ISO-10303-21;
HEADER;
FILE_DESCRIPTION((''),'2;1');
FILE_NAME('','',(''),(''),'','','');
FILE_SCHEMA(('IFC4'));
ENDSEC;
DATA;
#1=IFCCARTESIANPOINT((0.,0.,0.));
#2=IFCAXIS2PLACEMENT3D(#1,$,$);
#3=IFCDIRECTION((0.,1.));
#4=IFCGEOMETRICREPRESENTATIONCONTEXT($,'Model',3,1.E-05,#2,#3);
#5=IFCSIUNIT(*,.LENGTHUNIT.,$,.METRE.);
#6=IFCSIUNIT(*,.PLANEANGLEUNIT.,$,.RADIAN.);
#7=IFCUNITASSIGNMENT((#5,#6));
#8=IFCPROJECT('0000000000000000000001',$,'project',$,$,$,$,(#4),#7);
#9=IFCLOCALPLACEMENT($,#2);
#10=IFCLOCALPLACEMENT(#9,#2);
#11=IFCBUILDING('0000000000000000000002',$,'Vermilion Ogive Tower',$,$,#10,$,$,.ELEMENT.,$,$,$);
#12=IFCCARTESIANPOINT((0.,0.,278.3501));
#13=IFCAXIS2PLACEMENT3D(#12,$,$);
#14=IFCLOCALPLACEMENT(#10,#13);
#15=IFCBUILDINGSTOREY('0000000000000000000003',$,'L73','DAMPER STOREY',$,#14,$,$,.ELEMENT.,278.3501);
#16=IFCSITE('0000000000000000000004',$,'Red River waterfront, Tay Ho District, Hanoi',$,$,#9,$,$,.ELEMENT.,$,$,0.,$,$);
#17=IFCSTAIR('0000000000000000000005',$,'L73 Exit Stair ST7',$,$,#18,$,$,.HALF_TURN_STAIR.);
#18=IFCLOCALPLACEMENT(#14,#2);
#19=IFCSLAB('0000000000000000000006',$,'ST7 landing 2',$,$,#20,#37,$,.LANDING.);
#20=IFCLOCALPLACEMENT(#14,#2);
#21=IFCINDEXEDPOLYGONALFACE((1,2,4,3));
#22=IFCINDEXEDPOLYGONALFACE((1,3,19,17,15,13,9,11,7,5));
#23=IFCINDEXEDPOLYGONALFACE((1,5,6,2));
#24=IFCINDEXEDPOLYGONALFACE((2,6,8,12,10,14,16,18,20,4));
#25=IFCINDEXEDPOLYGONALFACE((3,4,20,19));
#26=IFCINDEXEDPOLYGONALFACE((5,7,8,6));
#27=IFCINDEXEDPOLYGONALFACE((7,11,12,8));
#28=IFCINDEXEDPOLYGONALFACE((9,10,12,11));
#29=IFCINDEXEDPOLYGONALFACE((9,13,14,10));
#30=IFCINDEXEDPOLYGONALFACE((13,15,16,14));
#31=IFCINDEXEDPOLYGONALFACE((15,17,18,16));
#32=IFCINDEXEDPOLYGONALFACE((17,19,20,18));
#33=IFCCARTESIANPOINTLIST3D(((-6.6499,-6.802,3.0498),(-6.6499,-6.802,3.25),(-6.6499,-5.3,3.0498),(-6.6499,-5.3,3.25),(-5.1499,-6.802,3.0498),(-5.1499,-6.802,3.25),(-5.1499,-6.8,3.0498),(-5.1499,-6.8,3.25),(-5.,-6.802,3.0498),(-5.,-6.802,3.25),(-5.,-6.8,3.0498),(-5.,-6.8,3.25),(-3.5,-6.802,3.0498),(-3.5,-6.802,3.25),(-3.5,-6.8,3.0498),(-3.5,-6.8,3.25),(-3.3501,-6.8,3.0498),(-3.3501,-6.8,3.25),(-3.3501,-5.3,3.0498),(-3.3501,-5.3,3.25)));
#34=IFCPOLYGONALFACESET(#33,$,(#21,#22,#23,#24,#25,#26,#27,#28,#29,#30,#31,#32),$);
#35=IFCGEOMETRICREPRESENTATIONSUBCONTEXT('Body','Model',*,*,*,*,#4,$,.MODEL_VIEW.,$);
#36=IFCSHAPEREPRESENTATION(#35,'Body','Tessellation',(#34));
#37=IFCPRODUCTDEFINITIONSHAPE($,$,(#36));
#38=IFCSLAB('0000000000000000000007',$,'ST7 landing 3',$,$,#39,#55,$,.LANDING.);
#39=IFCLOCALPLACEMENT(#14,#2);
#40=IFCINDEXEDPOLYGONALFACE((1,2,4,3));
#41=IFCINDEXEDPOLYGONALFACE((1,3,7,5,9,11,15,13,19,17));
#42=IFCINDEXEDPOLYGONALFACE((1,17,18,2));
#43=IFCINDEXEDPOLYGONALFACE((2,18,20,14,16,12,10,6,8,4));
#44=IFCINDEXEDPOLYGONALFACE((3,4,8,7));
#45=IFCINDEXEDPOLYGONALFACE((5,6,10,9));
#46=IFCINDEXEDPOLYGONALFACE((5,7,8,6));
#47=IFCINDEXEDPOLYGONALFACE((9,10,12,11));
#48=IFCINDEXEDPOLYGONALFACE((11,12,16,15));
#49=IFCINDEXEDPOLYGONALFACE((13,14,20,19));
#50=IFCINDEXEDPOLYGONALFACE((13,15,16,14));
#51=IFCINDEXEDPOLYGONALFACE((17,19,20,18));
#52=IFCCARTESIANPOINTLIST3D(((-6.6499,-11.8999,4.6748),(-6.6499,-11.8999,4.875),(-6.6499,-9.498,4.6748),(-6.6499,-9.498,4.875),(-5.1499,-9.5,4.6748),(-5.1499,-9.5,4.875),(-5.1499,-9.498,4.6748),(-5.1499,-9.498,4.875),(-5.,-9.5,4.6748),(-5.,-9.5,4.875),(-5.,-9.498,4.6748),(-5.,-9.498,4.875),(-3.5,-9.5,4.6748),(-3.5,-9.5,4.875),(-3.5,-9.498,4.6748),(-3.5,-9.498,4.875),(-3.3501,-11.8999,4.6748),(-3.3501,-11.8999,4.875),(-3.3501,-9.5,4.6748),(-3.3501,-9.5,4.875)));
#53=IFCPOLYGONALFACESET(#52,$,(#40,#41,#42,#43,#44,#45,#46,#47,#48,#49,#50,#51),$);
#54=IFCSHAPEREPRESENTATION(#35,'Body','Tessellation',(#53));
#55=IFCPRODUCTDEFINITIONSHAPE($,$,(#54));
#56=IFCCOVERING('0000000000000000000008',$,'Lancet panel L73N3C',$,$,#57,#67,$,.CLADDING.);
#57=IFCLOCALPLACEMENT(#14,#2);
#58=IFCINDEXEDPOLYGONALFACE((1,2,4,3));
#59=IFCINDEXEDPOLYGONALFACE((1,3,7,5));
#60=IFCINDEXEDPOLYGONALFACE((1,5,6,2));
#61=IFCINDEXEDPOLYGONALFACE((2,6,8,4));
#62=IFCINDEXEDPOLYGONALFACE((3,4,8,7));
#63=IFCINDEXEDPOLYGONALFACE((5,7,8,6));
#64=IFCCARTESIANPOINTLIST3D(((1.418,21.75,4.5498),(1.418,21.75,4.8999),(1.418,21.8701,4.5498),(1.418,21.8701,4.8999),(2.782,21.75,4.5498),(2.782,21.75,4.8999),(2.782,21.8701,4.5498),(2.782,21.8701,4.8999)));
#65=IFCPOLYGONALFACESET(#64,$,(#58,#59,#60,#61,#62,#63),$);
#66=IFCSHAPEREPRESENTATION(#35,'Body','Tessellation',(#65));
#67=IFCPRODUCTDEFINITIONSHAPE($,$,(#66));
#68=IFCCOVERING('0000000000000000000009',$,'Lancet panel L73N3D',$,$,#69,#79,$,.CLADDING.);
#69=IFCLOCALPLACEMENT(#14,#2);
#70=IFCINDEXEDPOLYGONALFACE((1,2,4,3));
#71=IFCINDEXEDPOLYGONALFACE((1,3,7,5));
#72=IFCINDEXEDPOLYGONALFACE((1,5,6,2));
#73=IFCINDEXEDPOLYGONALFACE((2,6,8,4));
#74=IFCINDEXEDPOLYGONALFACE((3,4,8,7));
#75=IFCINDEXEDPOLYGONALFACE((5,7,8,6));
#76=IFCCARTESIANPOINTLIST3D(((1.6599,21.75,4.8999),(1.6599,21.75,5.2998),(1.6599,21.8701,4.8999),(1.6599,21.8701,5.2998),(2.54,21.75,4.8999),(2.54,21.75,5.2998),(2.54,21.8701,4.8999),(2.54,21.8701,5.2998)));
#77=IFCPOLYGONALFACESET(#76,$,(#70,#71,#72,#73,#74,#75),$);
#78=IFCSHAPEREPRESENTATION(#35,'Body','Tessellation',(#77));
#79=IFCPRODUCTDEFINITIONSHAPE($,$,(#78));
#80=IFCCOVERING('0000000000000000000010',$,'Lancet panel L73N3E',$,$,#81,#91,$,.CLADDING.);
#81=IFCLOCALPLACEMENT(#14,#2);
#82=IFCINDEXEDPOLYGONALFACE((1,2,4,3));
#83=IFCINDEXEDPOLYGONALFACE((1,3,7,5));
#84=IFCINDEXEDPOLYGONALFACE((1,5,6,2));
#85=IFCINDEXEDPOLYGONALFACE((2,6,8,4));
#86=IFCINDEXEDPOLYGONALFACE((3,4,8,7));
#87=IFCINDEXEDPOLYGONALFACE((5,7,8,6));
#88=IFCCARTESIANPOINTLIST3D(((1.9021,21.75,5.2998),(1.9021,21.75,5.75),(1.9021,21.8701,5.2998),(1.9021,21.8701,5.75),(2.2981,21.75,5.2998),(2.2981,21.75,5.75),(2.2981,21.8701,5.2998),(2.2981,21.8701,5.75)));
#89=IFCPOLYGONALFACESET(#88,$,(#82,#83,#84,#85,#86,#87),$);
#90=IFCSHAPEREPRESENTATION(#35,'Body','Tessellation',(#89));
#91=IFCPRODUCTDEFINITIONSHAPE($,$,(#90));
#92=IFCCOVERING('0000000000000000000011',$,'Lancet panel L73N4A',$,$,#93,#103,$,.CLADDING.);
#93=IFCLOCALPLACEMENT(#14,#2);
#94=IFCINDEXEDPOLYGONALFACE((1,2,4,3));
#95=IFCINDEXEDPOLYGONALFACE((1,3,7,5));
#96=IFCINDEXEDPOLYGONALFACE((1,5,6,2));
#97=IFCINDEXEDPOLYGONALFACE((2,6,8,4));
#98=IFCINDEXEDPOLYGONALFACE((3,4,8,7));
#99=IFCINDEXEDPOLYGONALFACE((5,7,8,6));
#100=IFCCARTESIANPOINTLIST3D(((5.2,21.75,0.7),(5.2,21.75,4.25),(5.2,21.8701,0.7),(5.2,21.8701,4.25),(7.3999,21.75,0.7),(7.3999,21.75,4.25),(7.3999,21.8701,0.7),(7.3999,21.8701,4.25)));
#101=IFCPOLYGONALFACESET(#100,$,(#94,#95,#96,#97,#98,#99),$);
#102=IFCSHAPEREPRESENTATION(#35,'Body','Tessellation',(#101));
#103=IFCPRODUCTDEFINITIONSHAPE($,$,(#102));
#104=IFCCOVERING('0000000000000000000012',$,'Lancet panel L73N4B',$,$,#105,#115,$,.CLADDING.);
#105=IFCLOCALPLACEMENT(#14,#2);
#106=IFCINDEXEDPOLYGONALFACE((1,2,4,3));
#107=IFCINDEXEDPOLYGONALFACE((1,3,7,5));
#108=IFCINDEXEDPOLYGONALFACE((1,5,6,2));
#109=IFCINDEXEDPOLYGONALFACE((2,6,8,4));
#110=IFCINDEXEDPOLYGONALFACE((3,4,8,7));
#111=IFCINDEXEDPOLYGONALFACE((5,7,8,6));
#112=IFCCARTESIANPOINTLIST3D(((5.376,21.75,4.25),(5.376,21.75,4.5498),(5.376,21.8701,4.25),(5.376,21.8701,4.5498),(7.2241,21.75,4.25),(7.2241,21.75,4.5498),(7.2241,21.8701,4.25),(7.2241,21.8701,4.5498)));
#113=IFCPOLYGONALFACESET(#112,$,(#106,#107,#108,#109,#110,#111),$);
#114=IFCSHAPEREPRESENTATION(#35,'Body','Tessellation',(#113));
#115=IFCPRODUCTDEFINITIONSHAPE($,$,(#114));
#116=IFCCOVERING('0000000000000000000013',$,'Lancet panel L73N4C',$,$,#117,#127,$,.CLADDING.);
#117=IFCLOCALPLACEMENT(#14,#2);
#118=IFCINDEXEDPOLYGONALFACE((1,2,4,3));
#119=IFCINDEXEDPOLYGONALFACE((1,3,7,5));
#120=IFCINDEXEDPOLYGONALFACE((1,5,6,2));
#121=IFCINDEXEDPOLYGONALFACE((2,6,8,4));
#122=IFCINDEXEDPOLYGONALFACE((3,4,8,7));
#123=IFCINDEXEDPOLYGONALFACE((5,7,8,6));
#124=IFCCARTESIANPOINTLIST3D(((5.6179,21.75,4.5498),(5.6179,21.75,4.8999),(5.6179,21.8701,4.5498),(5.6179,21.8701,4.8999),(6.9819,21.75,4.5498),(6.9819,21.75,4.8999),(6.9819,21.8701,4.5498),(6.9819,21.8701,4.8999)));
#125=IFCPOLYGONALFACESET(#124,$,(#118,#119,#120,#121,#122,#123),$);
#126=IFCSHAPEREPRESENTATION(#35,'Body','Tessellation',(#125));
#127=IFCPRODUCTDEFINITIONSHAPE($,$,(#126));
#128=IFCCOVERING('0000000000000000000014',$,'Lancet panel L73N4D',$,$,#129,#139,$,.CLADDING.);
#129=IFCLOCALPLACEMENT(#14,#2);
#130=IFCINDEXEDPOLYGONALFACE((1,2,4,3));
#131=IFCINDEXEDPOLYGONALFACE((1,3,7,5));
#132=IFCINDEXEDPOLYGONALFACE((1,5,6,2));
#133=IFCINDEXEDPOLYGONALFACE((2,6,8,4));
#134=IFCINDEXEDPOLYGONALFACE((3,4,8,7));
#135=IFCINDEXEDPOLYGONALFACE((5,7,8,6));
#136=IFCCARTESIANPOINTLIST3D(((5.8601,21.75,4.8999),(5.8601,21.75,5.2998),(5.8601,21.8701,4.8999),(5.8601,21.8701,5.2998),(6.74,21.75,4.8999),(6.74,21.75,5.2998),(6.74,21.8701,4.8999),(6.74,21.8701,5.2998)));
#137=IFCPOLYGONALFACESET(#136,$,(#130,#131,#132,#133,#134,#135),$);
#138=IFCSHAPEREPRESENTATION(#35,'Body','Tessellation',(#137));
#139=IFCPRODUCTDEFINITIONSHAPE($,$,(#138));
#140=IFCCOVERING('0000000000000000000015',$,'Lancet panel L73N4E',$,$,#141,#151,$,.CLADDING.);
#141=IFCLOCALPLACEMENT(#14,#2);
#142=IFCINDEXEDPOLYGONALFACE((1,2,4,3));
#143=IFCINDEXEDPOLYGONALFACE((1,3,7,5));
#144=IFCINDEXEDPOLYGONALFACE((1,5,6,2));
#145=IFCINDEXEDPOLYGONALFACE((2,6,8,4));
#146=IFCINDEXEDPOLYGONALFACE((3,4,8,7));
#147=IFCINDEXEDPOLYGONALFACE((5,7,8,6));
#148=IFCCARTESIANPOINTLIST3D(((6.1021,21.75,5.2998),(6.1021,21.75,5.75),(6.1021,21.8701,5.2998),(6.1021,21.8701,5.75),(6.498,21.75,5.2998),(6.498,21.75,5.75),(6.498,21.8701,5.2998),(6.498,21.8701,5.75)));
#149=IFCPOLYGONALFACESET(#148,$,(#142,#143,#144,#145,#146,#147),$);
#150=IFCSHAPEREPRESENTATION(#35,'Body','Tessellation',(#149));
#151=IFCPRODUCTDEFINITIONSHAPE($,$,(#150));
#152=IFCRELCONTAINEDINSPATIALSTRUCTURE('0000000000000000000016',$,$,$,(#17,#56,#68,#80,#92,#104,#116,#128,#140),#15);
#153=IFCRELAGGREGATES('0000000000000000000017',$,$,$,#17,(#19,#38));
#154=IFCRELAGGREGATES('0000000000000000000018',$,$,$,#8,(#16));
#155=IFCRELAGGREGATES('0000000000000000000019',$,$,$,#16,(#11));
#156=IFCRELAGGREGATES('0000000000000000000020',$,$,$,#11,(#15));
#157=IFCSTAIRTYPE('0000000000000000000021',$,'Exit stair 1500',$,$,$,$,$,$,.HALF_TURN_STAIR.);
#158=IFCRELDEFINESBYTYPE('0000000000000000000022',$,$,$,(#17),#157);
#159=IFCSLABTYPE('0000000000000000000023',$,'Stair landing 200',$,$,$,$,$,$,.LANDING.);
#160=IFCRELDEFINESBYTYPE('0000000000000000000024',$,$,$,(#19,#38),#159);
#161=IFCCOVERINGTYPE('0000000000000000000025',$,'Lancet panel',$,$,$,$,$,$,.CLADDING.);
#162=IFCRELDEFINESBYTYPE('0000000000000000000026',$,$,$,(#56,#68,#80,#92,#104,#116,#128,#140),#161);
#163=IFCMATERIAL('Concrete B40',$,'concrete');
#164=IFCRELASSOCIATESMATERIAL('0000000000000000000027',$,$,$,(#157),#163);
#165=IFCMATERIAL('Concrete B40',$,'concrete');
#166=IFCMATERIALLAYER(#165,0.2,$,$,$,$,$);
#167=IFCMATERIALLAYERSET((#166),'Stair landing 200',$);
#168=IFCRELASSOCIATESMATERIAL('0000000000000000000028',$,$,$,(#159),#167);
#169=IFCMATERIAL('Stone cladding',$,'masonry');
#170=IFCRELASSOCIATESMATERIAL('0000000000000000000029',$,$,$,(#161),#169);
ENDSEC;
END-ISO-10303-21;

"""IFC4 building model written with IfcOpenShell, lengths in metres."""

from ifc_helpers import new_model, si_unit, direction, frame, origin, place, context, subcontext, project, spatial, polyline, outline, extrude, material, layer, layer_set, type_object, element, aggregate, save


model = new_model("IFC4")

# Units and contexts
model_context = context("Model", 3, precision=1e-05, world=origin(), true_north=direction((0.0, 1.0)))
body_context = subcontext(model_context, "Body", "Model", "MODEL_VIEW")
ifc_project = project(units=[si_unit("LENGTHUNIT", "METRE"), si_unit("PLANEANGLEUNIT", "RADIAN")], contexts=[model_context])

# Site, building, storey
site_placement = place(None, origin())
site = spatial("IfcSite", under=ifc_project, at=site_placement, Name="Red River waterfront, Tay Ho District, Hanoi", CompositionType="ELEMENT", RefElevation=0.0)
building_placement = place(site_placement, origin())
building = spatial("IfcBuilding", under=site, at=building_placement, Name="Vermilion Ogive Tower", CompositionType="ELEMENT")
storey_placement = place(building_placement, frame((0.0, 0.0, 278.3501)))
storey = spatial("IfcBuildingStorey", under=building, at=storey_placement, Name="L73", Description="DAMPER STOREY", CompositionType="ELEMENT", Elevation=278.3501)

# Shared definitions
ifc_material_1 = material(Name="Concrete B40", Category="concrete")
stair_type = type_object("IfcStairType", Name="Exit stair 1500", PredefinedType="HALF_TURN_STAIR", material=ifc_material_1)
ifc_material_2 = material(Name="Concrete B40", Category="concrete")
ifc_layer_1 = layer(ifc_material_2, 0.2)
ifc_layer_set_1 = layer_set([ifc_layer_1], Name="Stair landing 200")
slab_type_1 = type_object("IfcSlabType", Name="Stair landing 200", PredefinedType="LANDING", material=ifc_layer_set_1)

# Stair, slabs
stair_1_placement = place(storey_placement, origin())
stair_1 = element("IfcStair", 1, at=stair_1_placement, inside=storey, type_object=stair_type, Name="L73 Exit Stair ST7", PredefinedType="HALF_TURN_STAIR")
slab_1_placement = place(storey_placement, frame((0.0, 0.0, 3.0498)))
slab_1 = element("IfcSlab", 2, at=slab_1_placement, type_object=slab_type_1, Name="ST7 landing 2", PredefinedType="LANDING", context=body_context, shape_type="SweptSolid", body=[
    extrude(outline(polyline([(-6.6499, -5.3), (-6.6499, -6.802), (-5.1499, -6.802), (-5.1499, -6.8), (-5.0, -6.8), (-5.0, -6.802), (-3.5, -6.802), (-3.5, -6.8), (-3.3501, -6.8), (-3.3501, -5.3), (-6.6499, -5.3)])), origin(), (0.0, 0.0, 1.0), 0.2002),
])
slab_2_placement = place(storey_placement, frame((0.0, 0.0, 4.6748)))
slab_2 = element("IfcSlab", 3, at=slab_2_placement, type_object=slab_type_1, Name="ST7 landing 3", PredefinedType="LANDING", context=body_context, shape_type="SweptSolid", body=[
    extrude(outline(polyline([(-3.3501, -9.5), (-3.5, -9.5), (-3.5, -9.498), (-5.0, -9.498), (-5.0, -9.5), (-5.1499, -9.5), (-5.1499, -9.498), (-6.6499, -9.498), (-6.6499, -11.8999), (-3.3501, -11.8999), (-3.3501, -9.5)])), origin(), (0.0, 0.0, 1.0), 0.2002),
])
aggregate(stair_1, [slab_1, slab_2])

# Coverings
ifc_material_3 = material(Name="Stone cladding", Category="masonry")
covering_type = type_object("IfcCoveringType", Name="Lancet panel", PredefinedType="CLADDING", material=ifc_material_3)
covering_1_placement = place(storey_placement, frame((0.0, 0.0, 4.5498)))
element("IfcCovering", 4, at=covering_1_placement, inside=storey, type_object=covering_type, Name="Lancet panel L73N3C", PredefinedType="CLADDING", context=body_context, shape_type="SweptSolid", body=[
    extrude(outline(polyline([(1.418, 21.75), (2.782, 21.75), (2.782, 21.8701), (1.418, 21.8701), (1.418, 21.75)])), origin(), (0.0, 0.0, 1.0), 0.3501),
])
covering_2_placement = place(storey_placement, frame((0.0, 0.0, 4.8999)))
element("IfcCovering", 5, at=covering_2_placement, inside=storey, type_object=covering_type, Name="Lancet panel L73N3D", PredefinedType="CLADDING", context=body_context, shape_type="SweptSolid", body=[
    extrude(outline(polyline([(1.6599, 21.75), (2.54, 21.75), (2.54, 21.8701), (1.6599, 21.8701), (1.6599, 21.75)])), origin(), (0.0, 0.0, 1.0), 0.3999),
])
covering_3_placement = place(storey_placement, frame((0.0, 0.0, 5.2998)))
element("IfcCovering", 6, at=covering_3_placement, inside=storey, type_object=covering_type, Name="Lancet panel L73N3E", PredefinedType="CLADDING", context=body_context, shape_type="SweptSolid", body=[
    extrude(outline(polyline([(1.9021, 21.75), (2.2981, 21.75), (2.2981, 21.8701), (1.9021, 21.8701), (1.9021, 21.75)])), origin(), (0.0, 0.0, 1.0), 0.4502),
])
covering_4_placement = place(storey_placement, frame((0.0, 0.0, 0.7)))
element("IfcCovering", 7, at=covering_4_placement, inside=storey, type_object=covering_type, Name="Lancet panel L73N4A", PredefinedType="CLADDING", context=body_context, shape_type="SweptSolid", body=[
    extrude(outline(polyline([(5.2, 21.75), (7.3999, 21.75), (7.3999, 21.8701), (5.2, 21.8701), (5.2, 21.75)])), origin(), (0.0, 0.0, 1.0), 3.55),
])
covering_5_placement = place(storey_placement, frame((0.0, 0.0, 4.25)))
element("IfcCovering", 8, at=covering_5_placement, inside=storey, type_object=covering_type, Name="Lancet panel L73N4B", PredefinedType="CLADDING", context=body_context, shape_type="SweptSolid", body=[
    extrude(outline(polyline([(5.376, 21.75), (7.2241, 21.75), (7.2241, 21.8701), (5.376, 21.8701), (5.376, 21.75)])), origin(), (0.0, 0.0, 1.0), 0.2998),
])
covering_6_placement = place(storey_placement, frame((0.0, 0.0, 4.5498)))
element("IfcCovering", 9, at=covering_6_placement, inside=storey, type_object=covering_type, Name="Lancet panel L73N4C", PredefinedType="CLADDING", context=body_context, shape_type="SweptSolid", body=[
    extrude(outline(polyline([(5.6179, 21.75), (6.9819, 21.75), (6.9819, 21.8701), (5.6179, 21.8701), (5.6179, 21.75)])), origin(), (0.0, 0.0, 1.0), 0.3501),
])
covering_7_placement = place(storey_placement, frame((0.0, 0.0, 4.8999)))
element("IfcCovering", 10, at=covering_7_placement, inside=storey, type_object=covering_type, Name="Lancet panel L73N4D", PredefinedType="CLADDING", context=body_context, shape_type="SweptSolid", body=[
    extrude(outline(polyline([(5.8601, 21.75), (6.74, 21.75), (6.74, 21.8701), (5.8601, 21.8701), (5.8601, 21.75)])), origin(), (0.0, 0.0, 1.0), 0.3999),
])
covering_8_placement = place(storey_placement, frame((0.0, 0.0, 5.2998)))
element("IfcCovering", 11, at=covering_8_placement, inside=storey, type_object=covering_type, Name="Lancet panel L73N4E", PredefinedType="CLADDING", context=body_context, shape_type="SweptSolid", body=[
    extrude(outline(polyline([(6.1021, 21.75), (6.498, 21.75), (6.498, 21.8701), (6.1021, 21.8701), (6.1021, 21.75)])), origin(), (0.0, 0.0, 1.0), 0.4502),
])

save(model, "model.ifc")
